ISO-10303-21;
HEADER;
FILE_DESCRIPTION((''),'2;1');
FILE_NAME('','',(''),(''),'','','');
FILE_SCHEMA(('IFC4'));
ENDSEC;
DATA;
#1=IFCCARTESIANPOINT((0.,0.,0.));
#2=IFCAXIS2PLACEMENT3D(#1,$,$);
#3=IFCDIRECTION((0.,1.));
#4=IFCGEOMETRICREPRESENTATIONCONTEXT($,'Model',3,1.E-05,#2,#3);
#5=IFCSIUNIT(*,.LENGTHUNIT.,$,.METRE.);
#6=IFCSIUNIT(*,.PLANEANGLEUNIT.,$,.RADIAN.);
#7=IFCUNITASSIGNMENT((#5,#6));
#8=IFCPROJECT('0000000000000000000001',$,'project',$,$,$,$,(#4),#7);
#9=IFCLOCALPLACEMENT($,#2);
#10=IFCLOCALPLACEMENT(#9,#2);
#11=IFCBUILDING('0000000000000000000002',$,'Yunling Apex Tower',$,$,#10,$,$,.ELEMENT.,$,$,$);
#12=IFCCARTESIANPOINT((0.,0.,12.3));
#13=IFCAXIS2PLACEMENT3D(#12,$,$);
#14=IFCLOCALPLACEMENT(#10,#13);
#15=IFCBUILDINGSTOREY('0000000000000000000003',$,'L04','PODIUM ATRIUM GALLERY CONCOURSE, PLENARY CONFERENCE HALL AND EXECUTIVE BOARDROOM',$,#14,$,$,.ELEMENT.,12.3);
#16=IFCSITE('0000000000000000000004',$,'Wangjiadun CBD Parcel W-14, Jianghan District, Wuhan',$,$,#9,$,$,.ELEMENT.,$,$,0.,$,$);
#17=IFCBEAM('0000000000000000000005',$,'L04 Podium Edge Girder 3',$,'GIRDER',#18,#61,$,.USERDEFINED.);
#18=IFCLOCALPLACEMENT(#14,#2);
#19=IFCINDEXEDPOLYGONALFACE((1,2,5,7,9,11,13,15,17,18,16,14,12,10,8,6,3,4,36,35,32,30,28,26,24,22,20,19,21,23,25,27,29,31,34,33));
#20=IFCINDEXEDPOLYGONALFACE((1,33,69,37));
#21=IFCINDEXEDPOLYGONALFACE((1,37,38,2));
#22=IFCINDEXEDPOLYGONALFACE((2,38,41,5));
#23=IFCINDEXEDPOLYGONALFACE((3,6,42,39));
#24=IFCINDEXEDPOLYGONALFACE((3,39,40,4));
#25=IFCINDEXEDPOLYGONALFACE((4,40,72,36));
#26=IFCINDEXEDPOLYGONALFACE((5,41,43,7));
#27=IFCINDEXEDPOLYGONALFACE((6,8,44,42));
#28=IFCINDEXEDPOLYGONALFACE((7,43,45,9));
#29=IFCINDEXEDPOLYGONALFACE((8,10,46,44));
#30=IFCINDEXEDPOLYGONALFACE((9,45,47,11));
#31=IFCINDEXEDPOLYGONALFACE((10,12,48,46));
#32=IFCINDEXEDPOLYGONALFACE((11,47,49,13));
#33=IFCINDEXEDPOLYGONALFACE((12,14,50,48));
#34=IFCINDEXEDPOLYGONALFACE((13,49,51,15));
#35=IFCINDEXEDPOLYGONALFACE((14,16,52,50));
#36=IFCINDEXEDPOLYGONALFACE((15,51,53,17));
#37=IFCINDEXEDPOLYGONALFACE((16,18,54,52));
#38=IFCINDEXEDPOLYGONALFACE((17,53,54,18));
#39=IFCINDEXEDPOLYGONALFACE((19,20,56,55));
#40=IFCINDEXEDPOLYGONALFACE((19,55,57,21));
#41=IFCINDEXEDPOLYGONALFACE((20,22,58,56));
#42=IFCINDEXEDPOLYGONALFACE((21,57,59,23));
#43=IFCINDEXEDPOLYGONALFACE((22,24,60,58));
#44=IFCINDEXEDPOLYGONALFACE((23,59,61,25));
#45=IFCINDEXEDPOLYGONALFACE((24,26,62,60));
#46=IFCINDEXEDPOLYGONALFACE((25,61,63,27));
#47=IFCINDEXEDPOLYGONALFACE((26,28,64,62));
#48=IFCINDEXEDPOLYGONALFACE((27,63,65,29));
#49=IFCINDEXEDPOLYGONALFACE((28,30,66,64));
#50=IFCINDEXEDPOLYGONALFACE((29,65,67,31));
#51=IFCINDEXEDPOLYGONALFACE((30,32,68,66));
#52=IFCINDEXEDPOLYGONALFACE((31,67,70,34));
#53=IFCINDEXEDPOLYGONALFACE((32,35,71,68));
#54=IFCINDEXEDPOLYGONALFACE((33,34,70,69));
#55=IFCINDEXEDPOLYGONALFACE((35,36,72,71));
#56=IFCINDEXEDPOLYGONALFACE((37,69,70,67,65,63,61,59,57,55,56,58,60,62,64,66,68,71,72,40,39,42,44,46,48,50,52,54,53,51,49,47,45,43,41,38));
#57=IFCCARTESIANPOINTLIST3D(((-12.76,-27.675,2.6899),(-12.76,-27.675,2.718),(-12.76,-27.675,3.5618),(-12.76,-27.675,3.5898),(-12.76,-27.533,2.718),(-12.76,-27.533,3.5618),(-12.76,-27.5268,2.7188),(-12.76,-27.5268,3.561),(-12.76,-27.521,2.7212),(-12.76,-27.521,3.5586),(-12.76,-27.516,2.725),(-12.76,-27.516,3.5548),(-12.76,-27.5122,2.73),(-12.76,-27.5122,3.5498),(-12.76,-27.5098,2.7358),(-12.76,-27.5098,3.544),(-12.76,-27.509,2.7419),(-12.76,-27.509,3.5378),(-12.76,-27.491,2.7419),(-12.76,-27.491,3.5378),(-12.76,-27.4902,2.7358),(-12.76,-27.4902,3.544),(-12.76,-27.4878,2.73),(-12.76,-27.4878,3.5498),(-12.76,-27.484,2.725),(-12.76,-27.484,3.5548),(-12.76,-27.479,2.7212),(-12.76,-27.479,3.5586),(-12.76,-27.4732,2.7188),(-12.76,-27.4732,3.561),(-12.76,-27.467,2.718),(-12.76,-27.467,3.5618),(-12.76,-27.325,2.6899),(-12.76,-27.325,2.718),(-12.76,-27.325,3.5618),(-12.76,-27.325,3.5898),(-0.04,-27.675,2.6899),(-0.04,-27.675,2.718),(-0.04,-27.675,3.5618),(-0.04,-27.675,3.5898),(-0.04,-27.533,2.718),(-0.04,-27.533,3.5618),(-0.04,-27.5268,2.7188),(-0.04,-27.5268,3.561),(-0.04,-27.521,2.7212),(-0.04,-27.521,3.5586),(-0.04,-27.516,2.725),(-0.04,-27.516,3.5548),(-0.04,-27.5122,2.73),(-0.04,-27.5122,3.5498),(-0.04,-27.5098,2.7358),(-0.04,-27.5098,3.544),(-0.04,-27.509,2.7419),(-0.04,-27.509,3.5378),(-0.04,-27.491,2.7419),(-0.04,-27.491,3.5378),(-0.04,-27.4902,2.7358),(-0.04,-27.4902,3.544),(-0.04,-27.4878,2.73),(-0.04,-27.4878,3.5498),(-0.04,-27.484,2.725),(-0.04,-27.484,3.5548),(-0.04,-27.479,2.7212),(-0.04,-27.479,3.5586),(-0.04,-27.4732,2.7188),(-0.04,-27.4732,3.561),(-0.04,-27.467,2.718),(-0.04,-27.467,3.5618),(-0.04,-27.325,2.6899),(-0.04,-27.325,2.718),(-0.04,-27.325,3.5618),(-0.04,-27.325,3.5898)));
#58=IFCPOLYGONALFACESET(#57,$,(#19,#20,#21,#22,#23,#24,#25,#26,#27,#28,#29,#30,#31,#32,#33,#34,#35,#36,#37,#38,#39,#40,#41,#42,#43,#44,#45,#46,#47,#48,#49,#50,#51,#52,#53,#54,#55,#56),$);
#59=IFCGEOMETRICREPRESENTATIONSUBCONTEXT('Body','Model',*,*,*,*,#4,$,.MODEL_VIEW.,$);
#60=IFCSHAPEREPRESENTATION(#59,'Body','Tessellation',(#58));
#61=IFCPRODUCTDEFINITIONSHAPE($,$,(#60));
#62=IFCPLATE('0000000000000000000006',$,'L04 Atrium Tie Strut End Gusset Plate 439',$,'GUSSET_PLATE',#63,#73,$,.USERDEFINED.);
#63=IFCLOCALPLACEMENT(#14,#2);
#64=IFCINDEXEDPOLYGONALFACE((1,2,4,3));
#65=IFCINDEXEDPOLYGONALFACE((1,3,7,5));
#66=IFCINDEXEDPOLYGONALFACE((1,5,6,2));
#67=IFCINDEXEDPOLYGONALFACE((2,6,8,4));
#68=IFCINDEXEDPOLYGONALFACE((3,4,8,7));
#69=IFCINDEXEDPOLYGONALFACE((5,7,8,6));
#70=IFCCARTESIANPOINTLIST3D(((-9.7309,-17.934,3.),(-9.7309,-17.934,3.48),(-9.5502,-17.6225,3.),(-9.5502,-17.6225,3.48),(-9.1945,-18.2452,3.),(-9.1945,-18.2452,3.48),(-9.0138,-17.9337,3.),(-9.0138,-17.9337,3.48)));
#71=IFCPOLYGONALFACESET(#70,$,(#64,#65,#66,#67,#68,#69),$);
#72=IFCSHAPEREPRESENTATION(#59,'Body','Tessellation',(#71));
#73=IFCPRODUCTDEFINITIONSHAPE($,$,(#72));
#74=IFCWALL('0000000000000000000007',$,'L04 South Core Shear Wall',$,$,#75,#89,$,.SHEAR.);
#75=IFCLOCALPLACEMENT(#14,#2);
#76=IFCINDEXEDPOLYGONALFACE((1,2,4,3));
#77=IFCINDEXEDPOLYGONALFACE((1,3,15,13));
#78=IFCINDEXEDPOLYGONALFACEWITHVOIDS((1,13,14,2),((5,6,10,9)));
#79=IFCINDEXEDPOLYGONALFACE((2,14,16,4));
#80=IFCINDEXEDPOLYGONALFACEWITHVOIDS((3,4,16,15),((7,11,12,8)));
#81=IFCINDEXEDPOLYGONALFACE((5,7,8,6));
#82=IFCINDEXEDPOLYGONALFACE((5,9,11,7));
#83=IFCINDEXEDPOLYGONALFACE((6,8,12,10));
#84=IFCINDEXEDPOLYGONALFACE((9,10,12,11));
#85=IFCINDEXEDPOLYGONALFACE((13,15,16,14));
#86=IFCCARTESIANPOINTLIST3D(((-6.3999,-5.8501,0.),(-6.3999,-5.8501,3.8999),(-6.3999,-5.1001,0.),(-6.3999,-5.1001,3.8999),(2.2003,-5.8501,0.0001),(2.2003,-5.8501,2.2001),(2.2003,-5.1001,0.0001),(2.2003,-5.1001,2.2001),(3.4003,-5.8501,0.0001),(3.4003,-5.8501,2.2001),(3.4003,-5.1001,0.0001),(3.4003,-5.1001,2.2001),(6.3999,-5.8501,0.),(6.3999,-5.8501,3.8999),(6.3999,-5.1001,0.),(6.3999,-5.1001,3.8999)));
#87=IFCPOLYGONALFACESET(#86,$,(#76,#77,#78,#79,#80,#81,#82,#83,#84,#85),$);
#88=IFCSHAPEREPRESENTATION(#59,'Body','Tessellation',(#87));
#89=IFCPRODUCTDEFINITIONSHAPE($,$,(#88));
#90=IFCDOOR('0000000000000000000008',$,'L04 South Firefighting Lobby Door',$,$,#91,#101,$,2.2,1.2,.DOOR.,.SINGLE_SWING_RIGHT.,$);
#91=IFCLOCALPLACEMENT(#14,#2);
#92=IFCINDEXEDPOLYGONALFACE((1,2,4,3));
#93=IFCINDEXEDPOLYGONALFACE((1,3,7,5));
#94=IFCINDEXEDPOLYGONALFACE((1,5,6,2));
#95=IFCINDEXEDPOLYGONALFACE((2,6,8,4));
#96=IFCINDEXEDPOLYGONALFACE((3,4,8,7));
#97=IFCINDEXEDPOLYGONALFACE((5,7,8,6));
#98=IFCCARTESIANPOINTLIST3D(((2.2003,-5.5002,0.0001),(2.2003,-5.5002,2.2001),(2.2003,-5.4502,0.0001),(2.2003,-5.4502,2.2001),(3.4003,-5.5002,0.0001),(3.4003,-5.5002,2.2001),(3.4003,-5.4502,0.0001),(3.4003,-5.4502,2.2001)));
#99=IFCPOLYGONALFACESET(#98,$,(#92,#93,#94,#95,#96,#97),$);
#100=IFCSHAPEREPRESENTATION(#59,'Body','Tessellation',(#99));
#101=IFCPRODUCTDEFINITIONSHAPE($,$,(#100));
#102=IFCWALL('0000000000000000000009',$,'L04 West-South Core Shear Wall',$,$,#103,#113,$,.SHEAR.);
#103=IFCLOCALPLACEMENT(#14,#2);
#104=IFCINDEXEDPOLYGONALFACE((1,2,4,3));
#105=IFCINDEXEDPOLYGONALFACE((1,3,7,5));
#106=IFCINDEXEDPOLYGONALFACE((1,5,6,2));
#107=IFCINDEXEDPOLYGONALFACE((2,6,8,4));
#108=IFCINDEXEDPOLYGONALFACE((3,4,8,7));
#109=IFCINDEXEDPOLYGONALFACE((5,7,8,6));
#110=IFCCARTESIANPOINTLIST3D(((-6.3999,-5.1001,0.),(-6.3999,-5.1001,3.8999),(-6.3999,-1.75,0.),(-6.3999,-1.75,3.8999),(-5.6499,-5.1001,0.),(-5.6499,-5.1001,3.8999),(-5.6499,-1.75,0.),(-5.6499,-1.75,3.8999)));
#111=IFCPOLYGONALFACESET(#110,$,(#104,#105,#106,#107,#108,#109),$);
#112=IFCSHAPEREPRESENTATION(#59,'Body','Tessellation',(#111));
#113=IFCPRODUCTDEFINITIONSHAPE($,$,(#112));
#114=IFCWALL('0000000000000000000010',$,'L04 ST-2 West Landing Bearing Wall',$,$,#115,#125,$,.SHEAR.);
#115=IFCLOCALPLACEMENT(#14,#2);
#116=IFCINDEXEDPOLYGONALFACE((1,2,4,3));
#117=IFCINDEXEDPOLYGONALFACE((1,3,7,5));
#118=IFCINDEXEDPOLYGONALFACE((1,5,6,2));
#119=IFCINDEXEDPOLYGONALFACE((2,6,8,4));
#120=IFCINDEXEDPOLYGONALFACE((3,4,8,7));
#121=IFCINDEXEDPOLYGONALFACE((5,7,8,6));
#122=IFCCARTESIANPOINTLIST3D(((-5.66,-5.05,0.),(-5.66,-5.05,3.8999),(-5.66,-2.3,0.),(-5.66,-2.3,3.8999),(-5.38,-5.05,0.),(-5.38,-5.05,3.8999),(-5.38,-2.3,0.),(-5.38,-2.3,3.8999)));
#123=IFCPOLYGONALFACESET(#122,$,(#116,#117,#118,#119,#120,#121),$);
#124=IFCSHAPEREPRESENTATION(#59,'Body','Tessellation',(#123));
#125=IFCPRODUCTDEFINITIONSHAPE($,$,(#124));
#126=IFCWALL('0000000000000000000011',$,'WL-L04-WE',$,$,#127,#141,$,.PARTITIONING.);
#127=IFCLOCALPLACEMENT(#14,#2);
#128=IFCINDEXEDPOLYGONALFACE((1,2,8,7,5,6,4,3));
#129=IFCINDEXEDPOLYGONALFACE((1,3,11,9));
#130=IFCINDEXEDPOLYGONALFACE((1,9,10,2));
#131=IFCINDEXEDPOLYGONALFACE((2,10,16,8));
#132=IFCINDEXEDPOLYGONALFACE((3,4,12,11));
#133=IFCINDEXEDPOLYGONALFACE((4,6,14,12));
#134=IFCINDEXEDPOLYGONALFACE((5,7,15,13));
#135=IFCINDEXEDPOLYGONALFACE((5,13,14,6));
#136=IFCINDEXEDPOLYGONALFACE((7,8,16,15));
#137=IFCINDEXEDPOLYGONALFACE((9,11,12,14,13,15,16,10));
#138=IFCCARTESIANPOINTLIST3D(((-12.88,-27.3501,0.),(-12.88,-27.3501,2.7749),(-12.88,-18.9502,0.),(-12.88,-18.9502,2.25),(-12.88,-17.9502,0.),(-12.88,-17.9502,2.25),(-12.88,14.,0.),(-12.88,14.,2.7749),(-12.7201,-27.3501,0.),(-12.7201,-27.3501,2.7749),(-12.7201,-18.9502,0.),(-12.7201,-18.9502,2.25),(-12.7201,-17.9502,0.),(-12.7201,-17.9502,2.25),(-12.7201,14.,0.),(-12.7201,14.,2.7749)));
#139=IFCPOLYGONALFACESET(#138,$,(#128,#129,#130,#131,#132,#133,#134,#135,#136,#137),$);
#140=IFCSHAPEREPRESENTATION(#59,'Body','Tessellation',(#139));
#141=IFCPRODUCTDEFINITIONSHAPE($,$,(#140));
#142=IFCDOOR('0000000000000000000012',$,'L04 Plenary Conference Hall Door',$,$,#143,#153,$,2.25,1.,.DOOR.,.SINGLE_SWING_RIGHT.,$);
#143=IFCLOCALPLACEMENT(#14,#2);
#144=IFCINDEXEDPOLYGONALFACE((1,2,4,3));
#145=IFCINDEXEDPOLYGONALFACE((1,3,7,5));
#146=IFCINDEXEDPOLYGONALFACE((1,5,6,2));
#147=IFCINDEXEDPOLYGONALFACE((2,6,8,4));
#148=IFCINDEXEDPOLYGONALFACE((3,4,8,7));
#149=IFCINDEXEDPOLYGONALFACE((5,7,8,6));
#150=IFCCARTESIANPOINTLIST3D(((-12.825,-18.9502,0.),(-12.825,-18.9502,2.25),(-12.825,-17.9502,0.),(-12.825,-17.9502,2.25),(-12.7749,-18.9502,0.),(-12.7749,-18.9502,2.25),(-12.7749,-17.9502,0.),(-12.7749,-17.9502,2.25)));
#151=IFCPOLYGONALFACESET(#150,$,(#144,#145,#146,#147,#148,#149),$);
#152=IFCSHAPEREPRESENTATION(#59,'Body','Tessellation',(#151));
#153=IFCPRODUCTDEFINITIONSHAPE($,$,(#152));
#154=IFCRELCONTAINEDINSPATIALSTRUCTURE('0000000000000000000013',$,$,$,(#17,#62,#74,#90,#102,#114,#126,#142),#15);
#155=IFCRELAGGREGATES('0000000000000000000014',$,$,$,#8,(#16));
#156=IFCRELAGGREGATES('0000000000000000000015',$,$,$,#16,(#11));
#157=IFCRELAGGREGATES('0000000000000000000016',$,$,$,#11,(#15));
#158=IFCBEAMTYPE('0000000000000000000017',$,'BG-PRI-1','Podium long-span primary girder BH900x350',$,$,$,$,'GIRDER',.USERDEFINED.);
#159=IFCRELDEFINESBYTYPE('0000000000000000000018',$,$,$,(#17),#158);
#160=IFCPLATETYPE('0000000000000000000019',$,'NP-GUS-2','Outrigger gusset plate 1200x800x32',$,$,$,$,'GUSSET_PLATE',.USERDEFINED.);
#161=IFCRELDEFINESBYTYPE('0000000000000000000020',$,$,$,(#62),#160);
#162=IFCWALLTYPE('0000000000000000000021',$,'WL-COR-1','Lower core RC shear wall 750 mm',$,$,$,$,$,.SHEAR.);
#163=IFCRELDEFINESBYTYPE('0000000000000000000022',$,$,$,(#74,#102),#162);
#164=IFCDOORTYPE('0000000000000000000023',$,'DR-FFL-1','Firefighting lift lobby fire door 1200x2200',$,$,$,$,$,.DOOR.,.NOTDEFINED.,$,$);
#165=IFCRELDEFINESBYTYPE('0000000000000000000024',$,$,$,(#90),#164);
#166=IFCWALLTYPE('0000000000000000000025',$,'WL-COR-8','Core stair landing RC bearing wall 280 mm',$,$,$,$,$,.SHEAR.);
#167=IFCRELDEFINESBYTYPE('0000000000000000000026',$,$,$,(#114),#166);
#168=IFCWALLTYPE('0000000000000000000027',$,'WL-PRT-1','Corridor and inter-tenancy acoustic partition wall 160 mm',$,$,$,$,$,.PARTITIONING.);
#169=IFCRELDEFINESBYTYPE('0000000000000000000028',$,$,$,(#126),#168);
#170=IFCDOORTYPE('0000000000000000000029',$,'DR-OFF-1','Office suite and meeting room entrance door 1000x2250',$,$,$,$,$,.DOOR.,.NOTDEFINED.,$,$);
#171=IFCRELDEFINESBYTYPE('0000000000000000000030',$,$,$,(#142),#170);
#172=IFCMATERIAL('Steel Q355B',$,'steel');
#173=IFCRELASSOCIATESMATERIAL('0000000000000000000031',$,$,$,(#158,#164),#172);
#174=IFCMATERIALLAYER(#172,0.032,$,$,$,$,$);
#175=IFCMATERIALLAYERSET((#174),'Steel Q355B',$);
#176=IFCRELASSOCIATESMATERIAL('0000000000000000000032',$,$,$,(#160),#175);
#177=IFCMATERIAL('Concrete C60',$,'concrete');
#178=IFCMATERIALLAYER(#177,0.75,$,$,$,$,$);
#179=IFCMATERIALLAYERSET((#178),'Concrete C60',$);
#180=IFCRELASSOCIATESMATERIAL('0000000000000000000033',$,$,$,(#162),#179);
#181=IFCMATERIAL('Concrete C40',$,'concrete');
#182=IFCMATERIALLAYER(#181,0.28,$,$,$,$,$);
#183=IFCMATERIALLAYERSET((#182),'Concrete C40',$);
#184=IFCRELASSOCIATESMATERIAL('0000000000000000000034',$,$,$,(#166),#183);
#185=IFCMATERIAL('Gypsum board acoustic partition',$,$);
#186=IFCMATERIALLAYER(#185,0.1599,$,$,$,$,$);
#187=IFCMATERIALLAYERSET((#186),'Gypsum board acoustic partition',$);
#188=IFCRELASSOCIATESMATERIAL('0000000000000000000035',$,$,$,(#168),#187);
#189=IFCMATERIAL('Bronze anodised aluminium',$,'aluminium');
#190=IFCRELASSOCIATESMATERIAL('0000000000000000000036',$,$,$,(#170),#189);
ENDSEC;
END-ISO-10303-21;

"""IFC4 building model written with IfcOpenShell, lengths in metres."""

from ifc_helpers import new_model, si_unit, direction, frame, frame_2d, origin, origin_2d, place, context, subcontext, project, spatial, rectangle, i_section, extrude, source, transform, mapped, material, layer, layer_set, material_profile, profile_set, type_object, element, fill, save


model = new_model("IFC4")

# Units and contexts
model_context = context("Model", 3, precision=1e-05, world=origin(), true_north=direction((0.0, 1.0)))
body_context = subcontext(model_context, "Body", "Model", "MODEL_VIEW")
ifc_project = project(units=[si_unit("LENGTHUNIT", "METRE"), si_unit("PLANEANGLEUNIT", "RADIAN")], contexts=[model_context])

# Site, building, storey
site_placement = place(None, origin())
site = spatial("IfcSite", under=ifc_project, at=site_placement, Name="Wangjiadun CBD Parcel W-14, Jianghan District, Wuhan", CompositionType="ELEMENT", RefElevation=0.0)
building_placement = place(site_placement, origin())
building = spatial("IfcBuilding", under=site, at=building_placement, Name="Yunling Apex Tower", CompositionType="ELEMENT")
storey_placement = place(building_placement, frame((0.0, 0.0, 12.3)))
storey = spatial("IfcBuildingStorey", under=building, at=storey_placement, Name="L04", Description="PODIUM ATRIUM GALLERY CONCOURSE, PLENARY CONFERENCE HALL AND EXECUTIVE BOARDROOM", CompositionType="ELEMENT", Elevation=12.3)

# Shared definitions
ifc_material_1 = material(Name="Concrete C60", Category="concrete")

# Beam
ifc_material_2 = material(Name="Steel Q355B", Category="steel")
ifc_material_profile_1 = material_profile(ifc_material_2, i_section(OverallWidth=0.3501, OverallDepth=0.8999, WebThickness=0.0181, FlangeThickness=0.0281, FilletRadius=0.0239, at=origin_2d()))
ifc_profile_set_1 = profile_set([ifc_material_profile_1], Name="Steel Q355B")
beam_type_1 = type_object("IfcBeamType", Name="BG-PRI-1", Description="Podium long-span primary girder BH900x350", ElementType="GIRDER", PredefinedType="USERDEFINED", material=ifc_profile_set_1)
shared_shape_1 = source(origin(), body_context, "Body", "SweptSolid", [
    extrude(i_section(OverallWidth=0.3501, OverallDepth=0.8999, WebThickness=0.0181, FlangeThickness=0.0281, FilletRadius=0.0239, at=origin_2d()), origin(), (0.0, 0.0, 1.0), 12.72),
])
beam_1_placement = place(storey_placement, frame((-12.76, -27.5, 3.1399), z_axis=(1.0, 0.0, 0.0), x_axis=(0.0, 1.0, 0.0)))
element("IfcBeam", 1, at=beam_1_placement, inside=storey, type_object=beam_type_1, Name="L04 Podium Edge Girder 3", ObjectType="GIRDER", PredefinedType="USERDEFINED", context=body_context, shape_type="MappedRepresentation", body=[
    mapped(shared_shape_1, transform((0.0, 0.0, 0.0), scale=1.0)),
])

# Plate
ifc_layer_1 = layer(ifc_material_2, 0.032)
ifc_layer_set_1 = layer_set([ifc_layer_1], Name="Steel Q355B")
plate_type = type_object("IfcPlateType", Name="NP-GUS-2", Description="Outrigger gusset plate 1200x800x32", ElementType="GUSSET_PLATE", PredefinedType="USERDEFINED", material=ifc_layer_set_1)
shared_shape_2 = source(origin(), body_context, "Body", "SweptSolid", [
    extrude(rectangle(XDim=0.6201, YDim=0.3601, at=origin_2d()), origin(), (0.0, 0.0, 1.0), 0.48),
])
plate_placement = place(storey_placement, frame((-9.3723, -17.9338, 3.0), z_axis=(0.0, 0.0, 1.0), x_axis=(0.864976, -0.501813, 0.0)))
element("IfcPlate", 2, at=plate_placement, inside=storey, type_object=plate_type, Name="L04 Atrium Tie Strut End Gusset Plate 439", ObjectType="GUSSET_PLATE", PredefinedType="USERDEFINED", context=body_context, shape_type="MappedRepresentation", body=[
    mapped(shared_shape_2, transform((0.0, 0.0, 0.0), scale=1.0)),
])

# Wall, opening, door
ifc_layer_2 = layer(ifc_material_1, 0.75)
ifc_layer_set_2 = layer_set([ifc_layer_2], Name="Concrete C60")
wall_type_1 = type_object("IfcWallType", Name="WL-COR-1", Description="Lower core RC shear wall 750 mm", PredefinedType="SHEAR", material=ifc_layer_set_2)
wall_1_placement = place(storey_placement, frame((-6.3999, -5.4751, 0.0), z_axis=(0.0, 0.0, 1.0), x_axis=(1.0, 0.0, 0.0)))
wall_1 = element("IfcWall", 3, at=wall_1_placement, inside=storey, type_object=wall_type_1, Name="L04 South Core Shear Wall", PredefinedType="SHEAR", context=body_context, shape_type="SweptSolid", body=[
    extrude(rectangle(XDim=12.7998, YDim=0.75, at=frame_2d((6.3999, 0.0))), origin(), (0.0, 0.0, 1.0), 3.8999),
])
opening_1_placement = place(wall_1_placement, frame((8.6001, 0.0, 0.0)))
opening_1 = element("IfcOpeningElement", 4, at=opening_1_placement, cuts=wall_1, PredefinedType="OPENING", context=body_context, shape_type="SweptSolid", body=[
    extrude(rectangle(XDim=1.2, YDim=2.2, at=frame_2d((0.6001, 1.1001))), frame((0.0, 0.385, 0.0), z_axis=(0.0, -1.0, 0.0), x_axis=(1.0, 0.0, 0.0)), (0.0, 0.0, 1.0), 0.77),
])
door_type_1 = type_object("IfcDoorType", Name="DR-FFL-1", Description="Firefighting lift lobby fire door 1200x2200", OperationType="NOTDEFINED", PredefinedType="DOOR", material=ifc_material_2)
door_1_placement = place(opening_1_placement, origin())
door_1 = element("IfcDoor", 5, at=door_1_placement, inside=storey, type_object=door_type_1, Name="L04 South Firefighting Lobby Door", OperationType="SINGLE_SWING_RIGHT", OverallHeight=2.2, OverallWidth=1.2, PredefinedType="DOOR", context=body_context, shape_type="SweptSolid", body=[
    extrude(rectangle(XDim=1.2, YDim=2.2, at=frame_2d((0.6001, 1.1001))), frame((0.0, 0.0249, 0.0), z_axis=(0.0, -1.0, 0.0), x_axis=(1.0, 0.0, 0.0)), (0.0, 0.0, 1.0), 0.05),
])
fill(opening_1, door_1)

# Walls
wall_2_placement = place(storey_placement, frame((-6.0249, -5.1001, 0.0), z_axis=(0.0, 0.0, 1.0), x_axis=(0.0, 1.0, 0.0)))
element("IfcWall", 6, at=wall_2_placement, inside=storey, type_object=wall_type_1, Name="L04 West-South Core Shear Wall", PredefinedType="SHEAR", context=body_context, shape_type="SweptSolid", body=[
    extrude(rectangle(XDim=3.3501, YDim=0.75, at=frame_2d((1.675, 0.0))), origin(), (0.0, 0.0, 1.0), 3.8999),
])
ifc_material_3 = material(Name="Concrete C40", Category="concrete")
ifc_layer_3 = layer(ifc_material_3, 0.28)
ifc_layer_set_3 = layer_set([ifc_layer_3], Name="Concrete C40")
wall_type_2 = type_object("IfcWallType", Name="WL-COR-8", Description="Core stair landing RC bearing wall 280 mm", PredefinedType="SHEAR", material=ifc_layer_set_3)
wall_3_placement = place(storey_placement, frame((-5.52, -5.05, 0.0), z_axis=(0.0, 0.0, 1.0), x_axis=(0.0, 1.0, 0.0)))
element("IfcWall", 7, at=wall_3_placement, inside=storey, type_object=wall_type_2, Name="L04 ST-2 West Landing Bearing Wall", PredefinedType="SHEAR", context=body_context, shape_type="SweptSolid", body=[
    extrude(rectangle(XDim=2.75, YDim=0.28, at=frame_2d((1.375, 0.0))), origin(), (0.0, 0.0, 1.0), 3.8999),
])

# Wall, opening, door
ifc_material_4 = material(Name="Gypsum board acoustic partition")
ifc_layer_4 = layer(ifc_material_4, 0.1599)
ifc_layer_set_4 = layer_set([ifc_layer_4], Name="Gypsum board acoustic partition")
wall_type_3 = type_object("IfcWallType", Name="WL-PRT-1", Description="Corridor and inter-tenancy acoustic partition wall 160 mm", PredefinedType="PARTITIONING", material=ifc_layer_set_4)
wall_4_placement = place(storey_placement, frame((-12.8, -27.3501, 0.0), z_axis=(0.0, 0.0, 1.0), x_axis=(0.0, 1.0, 0.0)))
wall_4 = element("IfcWall", 8, at=wall_4_placement, inside=storey, type_object=wall_type_3, Name="WL-L04-WE", PredefinedType="PARTITIONING", context=body_context, shape_type="SweptSolid", body=[
    extrude(rectangle(XDim=41.3501, YDim=0.1599, at=frame_2d((20.675, 0.0))), origin(), (0.0, 0.0, 1.0), 2.7749),
])
opening_2_placement = place(wall_4_placement, frame((8.3999, 0.0, 0.0)))
opening_2 = element("IfcOpeningElement", 9, at=opening_2_placement, cuts=wall_4, PredefinedType="OPENING", context=body_context, shape_type="SweptSolid", body=[
    extrude(rectangle(XDim=1.0, YDim=2.25, at=frame_2d((0.5, 1.125))), frame((0.0, 0.0898, 0.0), z_axis=(0.0, -1.0, 0.0), x_axis=(1.0, 0.0, 0.0)), (0.0, 0.0, 1.0), 0.1799),
])
ifc_material_5 = material(Name="Bronze anodised aluminium", Category="aluminium")
door_type_2 = type_object("IfcDoorType", Name="DR-OFF-1", Description="Office suite and meeting room entrance door 1000x2250", OperationType="NOTDEFINED", PredefinedType="DOOR", material=ifc_material_5)
door_2_placement = place(opening_2_placement, origin())
door_2 = element("IfcDoor", 10, at=door_2_placement, inside=storey, type_object=door_type_2, Name="L04 Plenary Conference Hall Door", OperationType="SINGLE_SWING_RIGHT", OverallHeight=2.25, OverallWidth=1.0, PredefinedType="DOOR", context=body_context, shape_type="SweptSolid", body=[
    extrude(rectangle(XDim=1.0, YDim=2.25, at=frame_2d((0.5, 1.125))), frame((0.0, 0.0249, 0.0), z_axis=(0.0, -1.0, 0.0), x_axis=(1.0, 0.0, 0.0)), (0.0, 0.0, 1.0), 0.05),
])
fill(opening_2, door_2)

save(model, "model.ifc")
